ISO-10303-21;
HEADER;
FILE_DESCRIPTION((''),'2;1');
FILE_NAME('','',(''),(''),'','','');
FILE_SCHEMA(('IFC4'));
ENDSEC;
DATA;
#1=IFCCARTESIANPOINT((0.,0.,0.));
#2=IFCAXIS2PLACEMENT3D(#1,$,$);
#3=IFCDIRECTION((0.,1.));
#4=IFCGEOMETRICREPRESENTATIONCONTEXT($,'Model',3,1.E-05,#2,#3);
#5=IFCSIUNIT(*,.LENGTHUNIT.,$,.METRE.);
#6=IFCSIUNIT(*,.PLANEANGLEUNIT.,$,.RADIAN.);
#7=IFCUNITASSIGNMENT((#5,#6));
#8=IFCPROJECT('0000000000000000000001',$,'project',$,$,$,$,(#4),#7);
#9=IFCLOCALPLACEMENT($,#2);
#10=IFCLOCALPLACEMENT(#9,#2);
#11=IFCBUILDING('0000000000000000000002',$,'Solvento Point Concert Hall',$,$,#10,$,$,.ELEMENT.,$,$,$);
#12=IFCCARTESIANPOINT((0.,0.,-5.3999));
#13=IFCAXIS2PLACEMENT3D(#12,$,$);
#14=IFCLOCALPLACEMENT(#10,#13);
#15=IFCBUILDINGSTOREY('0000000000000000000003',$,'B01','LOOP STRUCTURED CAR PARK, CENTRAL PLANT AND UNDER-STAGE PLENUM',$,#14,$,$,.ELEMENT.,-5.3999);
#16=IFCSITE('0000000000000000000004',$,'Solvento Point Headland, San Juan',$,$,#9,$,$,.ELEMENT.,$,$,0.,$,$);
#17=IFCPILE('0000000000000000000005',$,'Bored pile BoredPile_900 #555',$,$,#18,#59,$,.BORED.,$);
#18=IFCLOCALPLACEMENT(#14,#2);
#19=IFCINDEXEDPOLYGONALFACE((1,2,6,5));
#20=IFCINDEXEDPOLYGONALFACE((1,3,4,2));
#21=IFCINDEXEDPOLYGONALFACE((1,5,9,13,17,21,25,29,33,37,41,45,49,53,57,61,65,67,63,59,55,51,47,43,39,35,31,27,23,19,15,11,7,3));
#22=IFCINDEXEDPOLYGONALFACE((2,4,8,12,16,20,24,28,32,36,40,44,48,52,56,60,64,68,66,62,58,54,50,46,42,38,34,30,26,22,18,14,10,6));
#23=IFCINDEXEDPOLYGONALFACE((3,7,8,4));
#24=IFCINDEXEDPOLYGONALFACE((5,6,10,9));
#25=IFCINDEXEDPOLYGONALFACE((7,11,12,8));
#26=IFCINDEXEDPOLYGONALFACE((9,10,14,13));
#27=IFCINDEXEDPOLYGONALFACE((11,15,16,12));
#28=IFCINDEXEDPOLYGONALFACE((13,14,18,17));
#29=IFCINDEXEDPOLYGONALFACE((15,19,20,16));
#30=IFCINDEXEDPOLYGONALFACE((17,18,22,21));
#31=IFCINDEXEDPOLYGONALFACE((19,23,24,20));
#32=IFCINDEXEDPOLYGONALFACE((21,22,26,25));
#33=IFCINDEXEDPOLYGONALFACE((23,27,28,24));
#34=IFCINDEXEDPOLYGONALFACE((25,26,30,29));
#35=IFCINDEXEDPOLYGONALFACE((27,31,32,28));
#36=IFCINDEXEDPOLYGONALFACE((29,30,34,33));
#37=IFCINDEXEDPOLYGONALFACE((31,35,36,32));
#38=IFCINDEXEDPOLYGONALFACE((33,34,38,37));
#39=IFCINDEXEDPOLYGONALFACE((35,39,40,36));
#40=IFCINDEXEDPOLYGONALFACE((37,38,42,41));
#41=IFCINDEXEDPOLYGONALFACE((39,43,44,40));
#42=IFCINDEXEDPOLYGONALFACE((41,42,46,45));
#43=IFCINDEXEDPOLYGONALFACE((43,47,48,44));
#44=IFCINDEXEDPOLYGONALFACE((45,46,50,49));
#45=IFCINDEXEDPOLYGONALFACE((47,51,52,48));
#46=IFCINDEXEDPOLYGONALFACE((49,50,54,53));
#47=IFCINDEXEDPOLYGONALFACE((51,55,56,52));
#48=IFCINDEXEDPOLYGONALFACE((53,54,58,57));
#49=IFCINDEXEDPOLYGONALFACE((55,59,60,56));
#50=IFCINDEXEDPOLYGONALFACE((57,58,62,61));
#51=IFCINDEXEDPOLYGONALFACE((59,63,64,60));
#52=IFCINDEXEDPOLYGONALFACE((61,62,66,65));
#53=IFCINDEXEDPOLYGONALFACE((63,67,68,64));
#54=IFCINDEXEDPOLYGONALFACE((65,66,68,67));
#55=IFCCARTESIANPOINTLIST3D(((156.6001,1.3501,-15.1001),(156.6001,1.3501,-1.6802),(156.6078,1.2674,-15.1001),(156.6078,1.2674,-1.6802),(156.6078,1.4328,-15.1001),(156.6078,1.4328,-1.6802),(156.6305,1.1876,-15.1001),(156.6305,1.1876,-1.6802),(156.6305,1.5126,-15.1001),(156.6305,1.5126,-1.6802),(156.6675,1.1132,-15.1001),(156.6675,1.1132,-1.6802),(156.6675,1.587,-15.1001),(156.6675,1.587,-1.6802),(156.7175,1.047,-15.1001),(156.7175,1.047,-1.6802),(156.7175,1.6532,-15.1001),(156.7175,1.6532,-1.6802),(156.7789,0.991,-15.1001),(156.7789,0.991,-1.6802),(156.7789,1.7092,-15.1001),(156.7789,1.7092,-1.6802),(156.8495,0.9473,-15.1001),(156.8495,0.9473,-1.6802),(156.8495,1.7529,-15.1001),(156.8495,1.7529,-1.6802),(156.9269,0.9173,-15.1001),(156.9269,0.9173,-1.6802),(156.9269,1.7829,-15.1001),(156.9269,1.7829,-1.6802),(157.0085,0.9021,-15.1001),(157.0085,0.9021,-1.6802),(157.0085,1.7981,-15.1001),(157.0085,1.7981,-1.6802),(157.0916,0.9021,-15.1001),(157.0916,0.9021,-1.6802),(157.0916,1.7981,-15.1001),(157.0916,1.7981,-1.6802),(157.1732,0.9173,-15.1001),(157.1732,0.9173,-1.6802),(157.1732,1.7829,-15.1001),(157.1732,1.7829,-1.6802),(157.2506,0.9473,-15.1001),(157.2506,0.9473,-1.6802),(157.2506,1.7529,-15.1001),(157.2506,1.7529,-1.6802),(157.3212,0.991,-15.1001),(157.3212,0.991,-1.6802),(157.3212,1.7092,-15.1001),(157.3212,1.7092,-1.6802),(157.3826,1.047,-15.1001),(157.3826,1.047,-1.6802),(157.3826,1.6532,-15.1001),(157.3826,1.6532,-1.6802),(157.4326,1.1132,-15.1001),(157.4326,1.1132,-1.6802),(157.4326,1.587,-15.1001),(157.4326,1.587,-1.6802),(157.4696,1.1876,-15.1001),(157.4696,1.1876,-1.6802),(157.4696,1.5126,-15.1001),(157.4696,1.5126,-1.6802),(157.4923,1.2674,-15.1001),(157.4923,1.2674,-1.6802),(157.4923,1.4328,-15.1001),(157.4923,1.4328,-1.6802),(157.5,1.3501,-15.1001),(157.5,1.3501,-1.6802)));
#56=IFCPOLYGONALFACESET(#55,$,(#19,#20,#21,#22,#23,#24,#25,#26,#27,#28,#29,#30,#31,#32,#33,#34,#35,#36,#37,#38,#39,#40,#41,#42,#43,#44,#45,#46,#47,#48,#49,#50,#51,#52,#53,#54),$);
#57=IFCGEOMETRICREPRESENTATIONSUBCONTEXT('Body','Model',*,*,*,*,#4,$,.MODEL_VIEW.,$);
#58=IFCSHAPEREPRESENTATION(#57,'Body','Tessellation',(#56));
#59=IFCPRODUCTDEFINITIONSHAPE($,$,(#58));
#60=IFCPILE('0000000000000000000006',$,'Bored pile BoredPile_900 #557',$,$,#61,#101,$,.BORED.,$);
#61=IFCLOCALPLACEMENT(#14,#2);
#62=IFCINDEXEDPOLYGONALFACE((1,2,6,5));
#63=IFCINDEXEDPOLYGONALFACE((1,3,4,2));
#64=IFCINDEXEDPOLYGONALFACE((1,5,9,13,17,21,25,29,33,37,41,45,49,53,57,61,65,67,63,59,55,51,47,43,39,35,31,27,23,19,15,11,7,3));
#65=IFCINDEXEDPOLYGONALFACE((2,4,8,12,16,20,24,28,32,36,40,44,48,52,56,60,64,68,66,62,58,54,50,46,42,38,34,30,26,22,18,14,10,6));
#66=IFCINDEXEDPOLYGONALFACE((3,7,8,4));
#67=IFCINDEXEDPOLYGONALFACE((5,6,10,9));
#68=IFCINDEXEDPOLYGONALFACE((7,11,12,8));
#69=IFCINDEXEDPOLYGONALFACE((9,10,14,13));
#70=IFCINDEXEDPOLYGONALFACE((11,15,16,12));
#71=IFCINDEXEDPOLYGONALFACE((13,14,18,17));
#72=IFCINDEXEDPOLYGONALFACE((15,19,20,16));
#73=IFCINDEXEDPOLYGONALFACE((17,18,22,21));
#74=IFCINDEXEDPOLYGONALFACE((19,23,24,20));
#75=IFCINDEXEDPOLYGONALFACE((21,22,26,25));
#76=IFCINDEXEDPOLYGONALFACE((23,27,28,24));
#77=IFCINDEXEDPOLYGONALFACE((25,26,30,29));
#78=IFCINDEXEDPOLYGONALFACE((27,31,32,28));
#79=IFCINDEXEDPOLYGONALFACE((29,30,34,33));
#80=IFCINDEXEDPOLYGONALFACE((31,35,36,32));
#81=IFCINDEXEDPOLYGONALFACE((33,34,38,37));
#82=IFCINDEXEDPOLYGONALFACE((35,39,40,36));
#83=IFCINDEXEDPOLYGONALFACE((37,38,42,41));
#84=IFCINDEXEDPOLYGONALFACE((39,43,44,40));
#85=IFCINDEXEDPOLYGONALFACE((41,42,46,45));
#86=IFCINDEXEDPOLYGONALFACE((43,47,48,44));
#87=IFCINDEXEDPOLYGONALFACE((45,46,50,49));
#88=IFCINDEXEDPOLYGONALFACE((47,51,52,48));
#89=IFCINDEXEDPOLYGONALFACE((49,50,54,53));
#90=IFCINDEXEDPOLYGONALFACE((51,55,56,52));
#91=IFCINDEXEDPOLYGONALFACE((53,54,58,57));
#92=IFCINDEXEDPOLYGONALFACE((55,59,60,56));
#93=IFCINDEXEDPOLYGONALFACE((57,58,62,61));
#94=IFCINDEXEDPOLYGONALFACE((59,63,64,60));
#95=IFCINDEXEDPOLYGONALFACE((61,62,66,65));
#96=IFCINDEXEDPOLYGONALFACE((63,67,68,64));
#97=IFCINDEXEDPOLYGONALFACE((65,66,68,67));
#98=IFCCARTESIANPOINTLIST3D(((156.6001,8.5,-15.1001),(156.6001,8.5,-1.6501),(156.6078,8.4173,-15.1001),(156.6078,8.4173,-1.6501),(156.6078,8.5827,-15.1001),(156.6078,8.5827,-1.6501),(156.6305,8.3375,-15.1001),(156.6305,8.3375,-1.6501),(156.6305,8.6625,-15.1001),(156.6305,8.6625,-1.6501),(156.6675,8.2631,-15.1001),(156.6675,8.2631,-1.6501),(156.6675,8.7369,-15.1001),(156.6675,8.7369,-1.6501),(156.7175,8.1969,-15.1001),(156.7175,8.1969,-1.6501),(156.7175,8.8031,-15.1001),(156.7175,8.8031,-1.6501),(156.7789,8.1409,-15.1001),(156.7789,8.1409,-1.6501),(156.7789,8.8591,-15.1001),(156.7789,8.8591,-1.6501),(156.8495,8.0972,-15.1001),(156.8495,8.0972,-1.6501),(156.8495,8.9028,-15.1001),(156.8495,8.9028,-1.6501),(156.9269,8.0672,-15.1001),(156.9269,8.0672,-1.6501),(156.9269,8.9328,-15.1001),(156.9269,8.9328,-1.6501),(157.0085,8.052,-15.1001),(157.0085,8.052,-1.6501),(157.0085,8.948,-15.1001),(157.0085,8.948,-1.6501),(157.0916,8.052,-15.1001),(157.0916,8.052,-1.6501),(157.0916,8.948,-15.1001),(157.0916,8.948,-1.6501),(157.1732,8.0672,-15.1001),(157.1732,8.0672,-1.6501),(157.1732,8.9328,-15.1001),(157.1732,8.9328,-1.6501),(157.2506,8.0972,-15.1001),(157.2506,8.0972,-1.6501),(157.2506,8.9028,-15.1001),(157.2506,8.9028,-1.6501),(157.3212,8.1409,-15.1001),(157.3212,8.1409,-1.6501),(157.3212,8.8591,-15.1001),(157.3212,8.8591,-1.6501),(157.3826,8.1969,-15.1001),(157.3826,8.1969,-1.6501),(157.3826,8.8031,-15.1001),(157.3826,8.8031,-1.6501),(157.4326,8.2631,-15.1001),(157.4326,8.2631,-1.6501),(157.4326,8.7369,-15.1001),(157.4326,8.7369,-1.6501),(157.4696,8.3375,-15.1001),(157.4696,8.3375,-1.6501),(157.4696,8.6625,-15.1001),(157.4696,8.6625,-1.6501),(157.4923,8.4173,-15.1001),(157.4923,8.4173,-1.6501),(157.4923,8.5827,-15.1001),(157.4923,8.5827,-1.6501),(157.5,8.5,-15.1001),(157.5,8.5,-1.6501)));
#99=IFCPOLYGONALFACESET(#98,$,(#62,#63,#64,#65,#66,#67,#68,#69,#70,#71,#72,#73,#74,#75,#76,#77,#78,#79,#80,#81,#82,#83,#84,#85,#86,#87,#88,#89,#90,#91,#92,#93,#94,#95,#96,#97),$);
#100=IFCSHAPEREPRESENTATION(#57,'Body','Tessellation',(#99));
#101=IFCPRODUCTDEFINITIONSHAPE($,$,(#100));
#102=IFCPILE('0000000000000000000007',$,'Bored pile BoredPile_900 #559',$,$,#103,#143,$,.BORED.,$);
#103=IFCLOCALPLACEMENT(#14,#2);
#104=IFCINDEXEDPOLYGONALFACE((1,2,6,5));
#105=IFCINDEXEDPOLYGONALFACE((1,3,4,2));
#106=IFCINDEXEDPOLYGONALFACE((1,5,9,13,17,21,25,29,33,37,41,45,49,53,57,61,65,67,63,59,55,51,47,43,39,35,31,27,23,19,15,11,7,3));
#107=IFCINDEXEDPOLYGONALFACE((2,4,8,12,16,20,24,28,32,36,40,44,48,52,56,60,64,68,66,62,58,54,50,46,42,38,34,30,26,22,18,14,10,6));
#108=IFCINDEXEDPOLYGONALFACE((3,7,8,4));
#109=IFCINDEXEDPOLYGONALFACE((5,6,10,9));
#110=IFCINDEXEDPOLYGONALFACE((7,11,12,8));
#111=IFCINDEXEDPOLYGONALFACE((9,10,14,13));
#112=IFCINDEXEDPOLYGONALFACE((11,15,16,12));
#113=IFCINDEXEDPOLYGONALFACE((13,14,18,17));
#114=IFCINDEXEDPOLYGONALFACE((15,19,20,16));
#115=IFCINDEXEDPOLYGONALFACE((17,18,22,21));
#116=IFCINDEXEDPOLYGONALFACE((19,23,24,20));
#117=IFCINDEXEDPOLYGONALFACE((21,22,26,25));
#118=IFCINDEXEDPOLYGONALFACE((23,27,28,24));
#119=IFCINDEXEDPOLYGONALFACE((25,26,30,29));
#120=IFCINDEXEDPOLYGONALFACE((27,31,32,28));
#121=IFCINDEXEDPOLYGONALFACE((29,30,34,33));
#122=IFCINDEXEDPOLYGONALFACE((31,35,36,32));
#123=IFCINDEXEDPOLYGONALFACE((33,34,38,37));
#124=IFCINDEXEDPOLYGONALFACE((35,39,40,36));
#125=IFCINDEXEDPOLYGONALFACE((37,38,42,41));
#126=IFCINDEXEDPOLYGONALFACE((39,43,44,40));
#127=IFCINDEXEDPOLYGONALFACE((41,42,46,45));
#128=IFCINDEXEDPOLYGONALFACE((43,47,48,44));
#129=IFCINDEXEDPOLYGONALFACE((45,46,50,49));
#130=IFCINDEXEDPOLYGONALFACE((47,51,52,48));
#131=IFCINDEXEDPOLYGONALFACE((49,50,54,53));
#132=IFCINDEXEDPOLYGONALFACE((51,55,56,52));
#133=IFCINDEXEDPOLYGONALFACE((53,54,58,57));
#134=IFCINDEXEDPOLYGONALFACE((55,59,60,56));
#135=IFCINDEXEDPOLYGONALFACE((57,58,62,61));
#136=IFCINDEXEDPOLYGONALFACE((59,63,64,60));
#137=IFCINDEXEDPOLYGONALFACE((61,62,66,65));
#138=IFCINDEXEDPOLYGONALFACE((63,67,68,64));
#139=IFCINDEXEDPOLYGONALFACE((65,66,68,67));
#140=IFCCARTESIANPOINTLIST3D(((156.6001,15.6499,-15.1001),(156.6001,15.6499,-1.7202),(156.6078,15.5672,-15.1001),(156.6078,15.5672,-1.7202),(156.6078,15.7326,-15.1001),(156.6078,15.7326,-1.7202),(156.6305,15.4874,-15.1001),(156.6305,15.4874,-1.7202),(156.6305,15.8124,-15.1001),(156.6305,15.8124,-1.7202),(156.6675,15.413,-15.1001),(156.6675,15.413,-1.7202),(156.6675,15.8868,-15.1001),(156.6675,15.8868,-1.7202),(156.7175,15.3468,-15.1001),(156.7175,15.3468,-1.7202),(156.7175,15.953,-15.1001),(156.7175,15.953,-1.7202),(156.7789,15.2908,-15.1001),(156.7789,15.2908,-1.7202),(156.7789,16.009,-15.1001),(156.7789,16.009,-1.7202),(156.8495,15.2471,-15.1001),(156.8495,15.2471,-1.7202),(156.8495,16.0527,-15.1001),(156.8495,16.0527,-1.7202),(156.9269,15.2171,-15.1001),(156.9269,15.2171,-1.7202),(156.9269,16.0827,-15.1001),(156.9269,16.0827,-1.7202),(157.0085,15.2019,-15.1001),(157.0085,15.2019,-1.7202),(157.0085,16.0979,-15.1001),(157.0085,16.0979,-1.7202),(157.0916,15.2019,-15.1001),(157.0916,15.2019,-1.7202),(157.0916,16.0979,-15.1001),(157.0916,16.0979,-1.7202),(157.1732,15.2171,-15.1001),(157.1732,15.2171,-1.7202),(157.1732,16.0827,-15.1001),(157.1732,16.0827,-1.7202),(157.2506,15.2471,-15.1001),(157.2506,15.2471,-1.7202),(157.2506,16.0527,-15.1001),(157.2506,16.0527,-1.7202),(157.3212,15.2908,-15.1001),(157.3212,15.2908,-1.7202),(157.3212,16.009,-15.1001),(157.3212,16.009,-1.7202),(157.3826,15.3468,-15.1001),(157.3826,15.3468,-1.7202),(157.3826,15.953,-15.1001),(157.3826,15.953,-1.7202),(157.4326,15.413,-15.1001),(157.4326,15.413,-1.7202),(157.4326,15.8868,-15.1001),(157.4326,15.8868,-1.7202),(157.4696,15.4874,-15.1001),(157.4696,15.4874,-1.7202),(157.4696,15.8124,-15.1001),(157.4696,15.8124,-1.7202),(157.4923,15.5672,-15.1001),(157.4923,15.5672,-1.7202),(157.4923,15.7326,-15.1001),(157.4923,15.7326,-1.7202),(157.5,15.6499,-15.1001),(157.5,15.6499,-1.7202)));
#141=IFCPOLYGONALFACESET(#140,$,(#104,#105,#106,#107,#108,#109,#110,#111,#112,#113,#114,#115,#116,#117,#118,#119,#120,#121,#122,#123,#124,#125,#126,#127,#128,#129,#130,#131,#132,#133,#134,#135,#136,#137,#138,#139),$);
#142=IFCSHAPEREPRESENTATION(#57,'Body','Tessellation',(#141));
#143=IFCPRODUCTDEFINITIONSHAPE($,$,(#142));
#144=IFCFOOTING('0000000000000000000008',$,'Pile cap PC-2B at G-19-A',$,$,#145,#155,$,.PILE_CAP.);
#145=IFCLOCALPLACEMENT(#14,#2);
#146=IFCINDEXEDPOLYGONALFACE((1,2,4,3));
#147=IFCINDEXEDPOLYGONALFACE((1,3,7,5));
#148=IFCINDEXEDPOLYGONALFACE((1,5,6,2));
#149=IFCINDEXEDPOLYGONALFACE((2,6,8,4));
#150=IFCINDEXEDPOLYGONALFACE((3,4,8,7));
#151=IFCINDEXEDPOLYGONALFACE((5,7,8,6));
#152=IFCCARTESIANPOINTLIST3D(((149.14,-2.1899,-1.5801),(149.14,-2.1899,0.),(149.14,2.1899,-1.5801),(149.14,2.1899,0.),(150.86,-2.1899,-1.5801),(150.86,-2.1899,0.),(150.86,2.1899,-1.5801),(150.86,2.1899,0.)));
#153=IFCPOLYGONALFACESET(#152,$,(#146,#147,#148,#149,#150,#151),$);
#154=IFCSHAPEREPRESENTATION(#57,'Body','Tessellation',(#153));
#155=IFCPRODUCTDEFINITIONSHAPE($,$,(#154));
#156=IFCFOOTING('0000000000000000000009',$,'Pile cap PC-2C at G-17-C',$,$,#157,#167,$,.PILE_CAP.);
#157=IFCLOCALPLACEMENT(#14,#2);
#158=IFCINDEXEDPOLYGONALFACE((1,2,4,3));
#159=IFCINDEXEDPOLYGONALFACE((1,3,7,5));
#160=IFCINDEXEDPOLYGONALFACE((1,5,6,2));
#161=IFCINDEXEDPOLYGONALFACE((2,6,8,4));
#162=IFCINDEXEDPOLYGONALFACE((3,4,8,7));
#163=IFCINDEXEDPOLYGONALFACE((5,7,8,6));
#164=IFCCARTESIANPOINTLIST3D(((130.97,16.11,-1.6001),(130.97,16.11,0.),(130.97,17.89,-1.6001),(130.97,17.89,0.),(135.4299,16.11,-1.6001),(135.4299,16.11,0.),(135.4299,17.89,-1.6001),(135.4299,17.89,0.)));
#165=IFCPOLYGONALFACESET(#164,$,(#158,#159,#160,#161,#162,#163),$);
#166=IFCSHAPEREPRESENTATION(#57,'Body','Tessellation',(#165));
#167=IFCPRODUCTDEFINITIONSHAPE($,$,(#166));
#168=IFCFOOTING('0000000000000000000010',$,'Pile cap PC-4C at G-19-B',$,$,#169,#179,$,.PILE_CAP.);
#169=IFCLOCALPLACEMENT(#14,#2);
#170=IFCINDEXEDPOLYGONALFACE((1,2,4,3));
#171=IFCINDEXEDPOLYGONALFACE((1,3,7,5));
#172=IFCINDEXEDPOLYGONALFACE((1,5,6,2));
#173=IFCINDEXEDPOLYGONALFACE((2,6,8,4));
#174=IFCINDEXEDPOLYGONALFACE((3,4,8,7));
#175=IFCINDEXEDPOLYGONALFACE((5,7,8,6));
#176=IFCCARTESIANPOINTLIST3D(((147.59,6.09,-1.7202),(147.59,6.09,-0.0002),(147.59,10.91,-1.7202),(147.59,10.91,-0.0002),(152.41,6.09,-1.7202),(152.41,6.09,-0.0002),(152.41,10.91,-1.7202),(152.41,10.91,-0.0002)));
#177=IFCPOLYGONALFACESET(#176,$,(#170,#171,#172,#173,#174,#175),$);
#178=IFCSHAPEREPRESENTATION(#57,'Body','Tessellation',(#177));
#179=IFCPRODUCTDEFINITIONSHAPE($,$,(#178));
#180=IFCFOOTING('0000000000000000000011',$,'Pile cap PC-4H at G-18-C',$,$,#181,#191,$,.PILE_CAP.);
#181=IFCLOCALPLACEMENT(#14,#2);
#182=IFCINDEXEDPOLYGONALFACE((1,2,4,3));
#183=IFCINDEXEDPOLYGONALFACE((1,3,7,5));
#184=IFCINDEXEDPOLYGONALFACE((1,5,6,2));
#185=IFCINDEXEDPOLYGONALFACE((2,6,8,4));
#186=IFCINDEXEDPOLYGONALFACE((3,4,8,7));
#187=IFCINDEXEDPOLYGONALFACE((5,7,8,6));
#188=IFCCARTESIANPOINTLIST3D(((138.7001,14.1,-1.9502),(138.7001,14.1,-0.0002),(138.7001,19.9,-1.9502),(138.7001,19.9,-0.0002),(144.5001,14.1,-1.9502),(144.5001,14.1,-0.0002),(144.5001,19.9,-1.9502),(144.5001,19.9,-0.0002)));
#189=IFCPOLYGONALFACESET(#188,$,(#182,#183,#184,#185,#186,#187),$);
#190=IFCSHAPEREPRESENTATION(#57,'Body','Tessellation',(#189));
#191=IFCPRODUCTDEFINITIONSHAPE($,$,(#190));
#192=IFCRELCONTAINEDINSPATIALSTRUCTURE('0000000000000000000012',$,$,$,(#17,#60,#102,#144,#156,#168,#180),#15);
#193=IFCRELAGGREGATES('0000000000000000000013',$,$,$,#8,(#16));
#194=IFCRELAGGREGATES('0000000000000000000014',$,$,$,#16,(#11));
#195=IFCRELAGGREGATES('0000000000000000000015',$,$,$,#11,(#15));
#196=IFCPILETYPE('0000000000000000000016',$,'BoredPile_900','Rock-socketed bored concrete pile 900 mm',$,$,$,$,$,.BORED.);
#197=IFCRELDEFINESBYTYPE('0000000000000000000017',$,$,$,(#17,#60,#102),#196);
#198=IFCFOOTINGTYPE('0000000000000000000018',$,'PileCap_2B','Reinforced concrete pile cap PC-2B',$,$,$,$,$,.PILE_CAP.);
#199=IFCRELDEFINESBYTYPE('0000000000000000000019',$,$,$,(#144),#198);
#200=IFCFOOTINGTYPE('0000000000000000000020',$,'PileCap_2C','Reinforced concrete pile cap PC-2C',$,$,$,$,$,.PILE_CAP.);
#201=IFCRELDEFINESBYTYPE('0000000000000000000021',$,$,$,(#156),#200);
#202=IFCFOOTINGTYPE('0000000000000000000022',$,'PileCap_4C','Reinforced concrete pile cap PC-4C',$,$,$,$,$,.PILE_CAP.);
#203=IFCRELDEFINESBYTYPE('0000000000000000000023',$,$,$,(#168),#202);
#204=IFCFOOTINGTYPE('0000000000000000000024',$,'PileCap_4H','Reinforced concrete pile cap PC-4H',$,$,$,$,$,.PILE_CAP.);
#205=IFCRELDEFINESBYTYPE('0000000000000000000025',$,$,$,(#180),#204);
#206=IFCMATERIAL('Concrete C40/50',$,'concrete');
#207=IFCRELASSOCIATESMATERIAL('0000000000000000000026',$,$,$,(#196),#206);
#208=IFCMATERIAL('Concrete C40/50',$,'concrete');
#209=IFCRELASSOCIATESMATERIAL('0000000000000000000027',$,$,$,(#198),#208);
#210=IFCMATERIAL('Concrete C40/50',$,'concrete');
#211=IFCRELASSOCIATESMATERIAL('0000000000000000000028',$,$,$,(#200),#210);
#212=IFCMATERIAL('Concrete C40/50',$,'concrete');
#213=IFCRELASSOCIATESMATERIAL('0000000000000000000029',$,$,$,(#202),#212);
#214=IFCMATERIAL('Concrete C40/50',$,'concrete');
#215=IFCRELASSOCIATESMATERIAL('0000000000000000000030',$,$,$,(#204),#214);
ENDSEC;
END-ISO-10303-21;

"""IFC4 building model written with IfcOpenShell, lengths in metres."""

from ifc_helpers import new_model, si_unit, direction, frame, origin, origin_2d, place, context, subcontext, project, spatial, rectangle, circle, extrude, material, material_profile, profile_set, type_object, element, save


model = new_model("IFC4")

# Units and contexts
model_context = context("Model", 3, precision=1e-05, world=origin(), true_north=direction((0.0, 1.0)))
body_context = subcontext(model_context, "Body", "Model", "MODEL_VIEW")
ifc_project = project(units=[si_unit("LENGTHUNIT", "METRE"), si_unit("PLANEANGLEUNIT", "RADIAN")], contexts=[model_context])

# Site, building, storey
site_placement = place(None, origin())
site = spatial("IfcSite", under=ifc_project, at=site_placement, Name="Solvento Point Headland, San Juan", CompositionType="ELEMENT", RefElevation=0.0)
building_placement = place(site_placement, origin())
building = spatial("IfcBuilding", under=site, at=building_placement, Name="Solvento Point Concert Hall", CompositionType="ELEMENT")
storey_placement = place(building_placement, frame((0.0, 0.0, -5.3999)))
storey = spatial("IfcBuildingStorey", under=building, at=storey_placement, Name="B01", Description="LOOP STRUCTURED CAR PARK, CENTRAL PLANT AND UNDER-STAGE PLENUM", CompositionType="ELEMENT", Elevation=-5.3999)

# Piles
ifc_material_1 = material(Name="Concrete C40/50", Category="concrete")
ifc_material_profile_1 = material_profile(ifc_material_1, circle(Radius=0.45, at=origin_2d()), Name="BP-900")
ifc_profile_set_1 = profile_set([ifc_material_profile_1], Name="Concrete C40/50")
pile_type_1 = type_object("IfcPileType", Name="BoredPile_900", Description="Rock-socketed bored concrete pile 900 mm", PredefinedType="BORED", material=ifc_profile_set_1)
for number, where, z_axis, x_axis, name in (
    (1, (157.05, 1.3501, -1.6802), (0.0, 0.0, -1.0), (1.0, 0.0, 0.0), "Bored pile BoredPile_900 #555"),
):
    element("IfcPile", number, at=place(storey_placement, frame(where, z_axis=z_axis, x_axis=x_axis)), inside=storey, type_object=pile_type_1, Name=name, PredefinedType="BORED", context=body_context, shape_type="SweptSolid", body=[
        extrude(circle(Radius=0.45, at=origin_2d()), origin(), (0.0, 0.0, 1.0), 13.4199),
    ])
pile_1_placement = place(storey_placement, frame((157.05, 8.5, -1.6501), z_axis=(0.0, 0.0, -1.0), x_axis=(1.0, 0.0, 0.0)))
element("IfcPile", 2, at=pile_1_placement, inside=storey, type_object=pile_type_1, Name="Bored pile BoredPile_900 #557", PredefinedType="BORED", context=body_context, shape_type="SweptSolid", body=[
    extrude(circle(Radius=0.45, at=origin_2d()), origin(), (0.0, 0.0, 1.0), 13.45),
])
pile_2_placement = place(storey_placement, frame((157.05, 15.6499, -1.7202), z_axis=(0.0, 0.0, -1.0), x_axis=(1.0, 0.0, 0.0)))
element("IfcPile", 3, at=pile_2_placement, inside=storey, type_object=pile_type_1, Name="Bored pile BoredPile_900 #559", PredefinedType="BORED", context=body_context, shape_type="SweptSolid", body=[
    extrude(circle(Radius=0.45, at=origin_2d()), origin(), (0.0, 0.0, 1.0), 13.3799),
])

# Footings
ifc_material_2 = material(Name="Concrete C40/50", Category="concrete")
footing_type_1 = type_object("IfcFootingType", Name="PileCap_2B", Description="Reinforced concrete pile cap PC-2B", PredefinedType="PILE_CAP", material=ifc_material_2)
footing_1_placement = place(storey_placement, frame((150.0, 0.0, -1.5801), z_axis=(0.0, 0.0, 1.0), x_axis=(1.0, 0.0, 0.0)))
element("IfcFooting", 4, at=footing_1_placement, inside=storey, type_object=footing_type_1, Name="Pile cap PC-2B at G-19-A", PredefinedType="PILE_CAP", context=body_context, shape_type="SweptSolid", body=[
    extrude(rectangle(XDim=1.72, YDim=4.3799, at=origin_2d()), origin(), (0.0, 0.0, 1.0), 1.5801),
])
ifc_material_3 = material(Name="Concrete C40/50", Category="concrete")
footing_type_2 = type_object("IfcFootingType", Name="PileCap_2C", Description="Reinforced concrete pile cap PC-2C", PredefinedType="PILE_CAP", material=ifc_material_3)
footing_2_placement = place(storey_placement, frame((133.2, 17.0, -1.6001), z_axis=(0.0, 0.0, 1.0), x_axis=(1.0, 0.0, 0.0)))
element("IfcFooting", 5, at=footing_2_placement, inside=storey, type_object=footing_type_2, Name="Pile cap PC-2C at G-17-C", PredefinedType="PILE_CAP", context=body_context, shape_type="SweptSolid", body=[
    extrude(rectangle(XDim=4.46, YDim=1.78, at=origin_2d()), origin(), (0.0, 0.0, 1.0), 1.6001),
])
ifc_material_4 = material(Name="Concrete C40/50", Category="concrete")
footing_type_3 = type_object("IfcFootingType", Name="PileCap_4C", Description="Reinforced concrete pile cap PC-4C", PredefinedType="PILE_CAP", material=ifc_material_4)
footing_3_placement = place(storey_placement, frame((150.0, 8.5, -1.7202), z_axis=(0.0, 0.0, 1.0), x_axis=(1.0, 0.0, 0.0)))
element("IfcFooting", 6, at=footing_3_placement, inside=storey, type_object=footing_type_3, Name="Pile cap PC-4C at G-19-B", PredefinedType="PILE_CAP", context=body_context, shape_type="SweptSolid", body=[
    extrude(rectangle(XDim=4.8201, YDim=4.8201, at=origin_2d()), origin(), (0.0, 0.0, 1.0), 1.72),
])
ifc_material_5 = material(Name="Concrete C40/50", Category="concrete")
footing_type_4 = type_object("IfcFootingType", Name="PileCap_4H", Description="Reinforced concrete pile cap PC-4H", PredefinedType="PILE_CAP", material=ifc_material_5)
footing_4_placement = place(storey_placement, frame((141.6001, 17.0, -1.9502), z_axis=(0.0, 0.0, 1.0), x_axis=(1.0, 0.0, 0.0)))
element("IfcFooting", 7, at=footing_4_placement, inside=storey, type_object=footing_type_4, Name="Pile cap PC-4H at G-18-C", PredefinedType="PILE_CAP", context=body_context, shape_type="SweptSolid", body=[
    extrude(rectangle(XDim=5.8, YDim=5.8, at=origin_2d()), origin(), (0.0, 0.0, 1.0), 1.95),
])

save(model, "model.ifc")
